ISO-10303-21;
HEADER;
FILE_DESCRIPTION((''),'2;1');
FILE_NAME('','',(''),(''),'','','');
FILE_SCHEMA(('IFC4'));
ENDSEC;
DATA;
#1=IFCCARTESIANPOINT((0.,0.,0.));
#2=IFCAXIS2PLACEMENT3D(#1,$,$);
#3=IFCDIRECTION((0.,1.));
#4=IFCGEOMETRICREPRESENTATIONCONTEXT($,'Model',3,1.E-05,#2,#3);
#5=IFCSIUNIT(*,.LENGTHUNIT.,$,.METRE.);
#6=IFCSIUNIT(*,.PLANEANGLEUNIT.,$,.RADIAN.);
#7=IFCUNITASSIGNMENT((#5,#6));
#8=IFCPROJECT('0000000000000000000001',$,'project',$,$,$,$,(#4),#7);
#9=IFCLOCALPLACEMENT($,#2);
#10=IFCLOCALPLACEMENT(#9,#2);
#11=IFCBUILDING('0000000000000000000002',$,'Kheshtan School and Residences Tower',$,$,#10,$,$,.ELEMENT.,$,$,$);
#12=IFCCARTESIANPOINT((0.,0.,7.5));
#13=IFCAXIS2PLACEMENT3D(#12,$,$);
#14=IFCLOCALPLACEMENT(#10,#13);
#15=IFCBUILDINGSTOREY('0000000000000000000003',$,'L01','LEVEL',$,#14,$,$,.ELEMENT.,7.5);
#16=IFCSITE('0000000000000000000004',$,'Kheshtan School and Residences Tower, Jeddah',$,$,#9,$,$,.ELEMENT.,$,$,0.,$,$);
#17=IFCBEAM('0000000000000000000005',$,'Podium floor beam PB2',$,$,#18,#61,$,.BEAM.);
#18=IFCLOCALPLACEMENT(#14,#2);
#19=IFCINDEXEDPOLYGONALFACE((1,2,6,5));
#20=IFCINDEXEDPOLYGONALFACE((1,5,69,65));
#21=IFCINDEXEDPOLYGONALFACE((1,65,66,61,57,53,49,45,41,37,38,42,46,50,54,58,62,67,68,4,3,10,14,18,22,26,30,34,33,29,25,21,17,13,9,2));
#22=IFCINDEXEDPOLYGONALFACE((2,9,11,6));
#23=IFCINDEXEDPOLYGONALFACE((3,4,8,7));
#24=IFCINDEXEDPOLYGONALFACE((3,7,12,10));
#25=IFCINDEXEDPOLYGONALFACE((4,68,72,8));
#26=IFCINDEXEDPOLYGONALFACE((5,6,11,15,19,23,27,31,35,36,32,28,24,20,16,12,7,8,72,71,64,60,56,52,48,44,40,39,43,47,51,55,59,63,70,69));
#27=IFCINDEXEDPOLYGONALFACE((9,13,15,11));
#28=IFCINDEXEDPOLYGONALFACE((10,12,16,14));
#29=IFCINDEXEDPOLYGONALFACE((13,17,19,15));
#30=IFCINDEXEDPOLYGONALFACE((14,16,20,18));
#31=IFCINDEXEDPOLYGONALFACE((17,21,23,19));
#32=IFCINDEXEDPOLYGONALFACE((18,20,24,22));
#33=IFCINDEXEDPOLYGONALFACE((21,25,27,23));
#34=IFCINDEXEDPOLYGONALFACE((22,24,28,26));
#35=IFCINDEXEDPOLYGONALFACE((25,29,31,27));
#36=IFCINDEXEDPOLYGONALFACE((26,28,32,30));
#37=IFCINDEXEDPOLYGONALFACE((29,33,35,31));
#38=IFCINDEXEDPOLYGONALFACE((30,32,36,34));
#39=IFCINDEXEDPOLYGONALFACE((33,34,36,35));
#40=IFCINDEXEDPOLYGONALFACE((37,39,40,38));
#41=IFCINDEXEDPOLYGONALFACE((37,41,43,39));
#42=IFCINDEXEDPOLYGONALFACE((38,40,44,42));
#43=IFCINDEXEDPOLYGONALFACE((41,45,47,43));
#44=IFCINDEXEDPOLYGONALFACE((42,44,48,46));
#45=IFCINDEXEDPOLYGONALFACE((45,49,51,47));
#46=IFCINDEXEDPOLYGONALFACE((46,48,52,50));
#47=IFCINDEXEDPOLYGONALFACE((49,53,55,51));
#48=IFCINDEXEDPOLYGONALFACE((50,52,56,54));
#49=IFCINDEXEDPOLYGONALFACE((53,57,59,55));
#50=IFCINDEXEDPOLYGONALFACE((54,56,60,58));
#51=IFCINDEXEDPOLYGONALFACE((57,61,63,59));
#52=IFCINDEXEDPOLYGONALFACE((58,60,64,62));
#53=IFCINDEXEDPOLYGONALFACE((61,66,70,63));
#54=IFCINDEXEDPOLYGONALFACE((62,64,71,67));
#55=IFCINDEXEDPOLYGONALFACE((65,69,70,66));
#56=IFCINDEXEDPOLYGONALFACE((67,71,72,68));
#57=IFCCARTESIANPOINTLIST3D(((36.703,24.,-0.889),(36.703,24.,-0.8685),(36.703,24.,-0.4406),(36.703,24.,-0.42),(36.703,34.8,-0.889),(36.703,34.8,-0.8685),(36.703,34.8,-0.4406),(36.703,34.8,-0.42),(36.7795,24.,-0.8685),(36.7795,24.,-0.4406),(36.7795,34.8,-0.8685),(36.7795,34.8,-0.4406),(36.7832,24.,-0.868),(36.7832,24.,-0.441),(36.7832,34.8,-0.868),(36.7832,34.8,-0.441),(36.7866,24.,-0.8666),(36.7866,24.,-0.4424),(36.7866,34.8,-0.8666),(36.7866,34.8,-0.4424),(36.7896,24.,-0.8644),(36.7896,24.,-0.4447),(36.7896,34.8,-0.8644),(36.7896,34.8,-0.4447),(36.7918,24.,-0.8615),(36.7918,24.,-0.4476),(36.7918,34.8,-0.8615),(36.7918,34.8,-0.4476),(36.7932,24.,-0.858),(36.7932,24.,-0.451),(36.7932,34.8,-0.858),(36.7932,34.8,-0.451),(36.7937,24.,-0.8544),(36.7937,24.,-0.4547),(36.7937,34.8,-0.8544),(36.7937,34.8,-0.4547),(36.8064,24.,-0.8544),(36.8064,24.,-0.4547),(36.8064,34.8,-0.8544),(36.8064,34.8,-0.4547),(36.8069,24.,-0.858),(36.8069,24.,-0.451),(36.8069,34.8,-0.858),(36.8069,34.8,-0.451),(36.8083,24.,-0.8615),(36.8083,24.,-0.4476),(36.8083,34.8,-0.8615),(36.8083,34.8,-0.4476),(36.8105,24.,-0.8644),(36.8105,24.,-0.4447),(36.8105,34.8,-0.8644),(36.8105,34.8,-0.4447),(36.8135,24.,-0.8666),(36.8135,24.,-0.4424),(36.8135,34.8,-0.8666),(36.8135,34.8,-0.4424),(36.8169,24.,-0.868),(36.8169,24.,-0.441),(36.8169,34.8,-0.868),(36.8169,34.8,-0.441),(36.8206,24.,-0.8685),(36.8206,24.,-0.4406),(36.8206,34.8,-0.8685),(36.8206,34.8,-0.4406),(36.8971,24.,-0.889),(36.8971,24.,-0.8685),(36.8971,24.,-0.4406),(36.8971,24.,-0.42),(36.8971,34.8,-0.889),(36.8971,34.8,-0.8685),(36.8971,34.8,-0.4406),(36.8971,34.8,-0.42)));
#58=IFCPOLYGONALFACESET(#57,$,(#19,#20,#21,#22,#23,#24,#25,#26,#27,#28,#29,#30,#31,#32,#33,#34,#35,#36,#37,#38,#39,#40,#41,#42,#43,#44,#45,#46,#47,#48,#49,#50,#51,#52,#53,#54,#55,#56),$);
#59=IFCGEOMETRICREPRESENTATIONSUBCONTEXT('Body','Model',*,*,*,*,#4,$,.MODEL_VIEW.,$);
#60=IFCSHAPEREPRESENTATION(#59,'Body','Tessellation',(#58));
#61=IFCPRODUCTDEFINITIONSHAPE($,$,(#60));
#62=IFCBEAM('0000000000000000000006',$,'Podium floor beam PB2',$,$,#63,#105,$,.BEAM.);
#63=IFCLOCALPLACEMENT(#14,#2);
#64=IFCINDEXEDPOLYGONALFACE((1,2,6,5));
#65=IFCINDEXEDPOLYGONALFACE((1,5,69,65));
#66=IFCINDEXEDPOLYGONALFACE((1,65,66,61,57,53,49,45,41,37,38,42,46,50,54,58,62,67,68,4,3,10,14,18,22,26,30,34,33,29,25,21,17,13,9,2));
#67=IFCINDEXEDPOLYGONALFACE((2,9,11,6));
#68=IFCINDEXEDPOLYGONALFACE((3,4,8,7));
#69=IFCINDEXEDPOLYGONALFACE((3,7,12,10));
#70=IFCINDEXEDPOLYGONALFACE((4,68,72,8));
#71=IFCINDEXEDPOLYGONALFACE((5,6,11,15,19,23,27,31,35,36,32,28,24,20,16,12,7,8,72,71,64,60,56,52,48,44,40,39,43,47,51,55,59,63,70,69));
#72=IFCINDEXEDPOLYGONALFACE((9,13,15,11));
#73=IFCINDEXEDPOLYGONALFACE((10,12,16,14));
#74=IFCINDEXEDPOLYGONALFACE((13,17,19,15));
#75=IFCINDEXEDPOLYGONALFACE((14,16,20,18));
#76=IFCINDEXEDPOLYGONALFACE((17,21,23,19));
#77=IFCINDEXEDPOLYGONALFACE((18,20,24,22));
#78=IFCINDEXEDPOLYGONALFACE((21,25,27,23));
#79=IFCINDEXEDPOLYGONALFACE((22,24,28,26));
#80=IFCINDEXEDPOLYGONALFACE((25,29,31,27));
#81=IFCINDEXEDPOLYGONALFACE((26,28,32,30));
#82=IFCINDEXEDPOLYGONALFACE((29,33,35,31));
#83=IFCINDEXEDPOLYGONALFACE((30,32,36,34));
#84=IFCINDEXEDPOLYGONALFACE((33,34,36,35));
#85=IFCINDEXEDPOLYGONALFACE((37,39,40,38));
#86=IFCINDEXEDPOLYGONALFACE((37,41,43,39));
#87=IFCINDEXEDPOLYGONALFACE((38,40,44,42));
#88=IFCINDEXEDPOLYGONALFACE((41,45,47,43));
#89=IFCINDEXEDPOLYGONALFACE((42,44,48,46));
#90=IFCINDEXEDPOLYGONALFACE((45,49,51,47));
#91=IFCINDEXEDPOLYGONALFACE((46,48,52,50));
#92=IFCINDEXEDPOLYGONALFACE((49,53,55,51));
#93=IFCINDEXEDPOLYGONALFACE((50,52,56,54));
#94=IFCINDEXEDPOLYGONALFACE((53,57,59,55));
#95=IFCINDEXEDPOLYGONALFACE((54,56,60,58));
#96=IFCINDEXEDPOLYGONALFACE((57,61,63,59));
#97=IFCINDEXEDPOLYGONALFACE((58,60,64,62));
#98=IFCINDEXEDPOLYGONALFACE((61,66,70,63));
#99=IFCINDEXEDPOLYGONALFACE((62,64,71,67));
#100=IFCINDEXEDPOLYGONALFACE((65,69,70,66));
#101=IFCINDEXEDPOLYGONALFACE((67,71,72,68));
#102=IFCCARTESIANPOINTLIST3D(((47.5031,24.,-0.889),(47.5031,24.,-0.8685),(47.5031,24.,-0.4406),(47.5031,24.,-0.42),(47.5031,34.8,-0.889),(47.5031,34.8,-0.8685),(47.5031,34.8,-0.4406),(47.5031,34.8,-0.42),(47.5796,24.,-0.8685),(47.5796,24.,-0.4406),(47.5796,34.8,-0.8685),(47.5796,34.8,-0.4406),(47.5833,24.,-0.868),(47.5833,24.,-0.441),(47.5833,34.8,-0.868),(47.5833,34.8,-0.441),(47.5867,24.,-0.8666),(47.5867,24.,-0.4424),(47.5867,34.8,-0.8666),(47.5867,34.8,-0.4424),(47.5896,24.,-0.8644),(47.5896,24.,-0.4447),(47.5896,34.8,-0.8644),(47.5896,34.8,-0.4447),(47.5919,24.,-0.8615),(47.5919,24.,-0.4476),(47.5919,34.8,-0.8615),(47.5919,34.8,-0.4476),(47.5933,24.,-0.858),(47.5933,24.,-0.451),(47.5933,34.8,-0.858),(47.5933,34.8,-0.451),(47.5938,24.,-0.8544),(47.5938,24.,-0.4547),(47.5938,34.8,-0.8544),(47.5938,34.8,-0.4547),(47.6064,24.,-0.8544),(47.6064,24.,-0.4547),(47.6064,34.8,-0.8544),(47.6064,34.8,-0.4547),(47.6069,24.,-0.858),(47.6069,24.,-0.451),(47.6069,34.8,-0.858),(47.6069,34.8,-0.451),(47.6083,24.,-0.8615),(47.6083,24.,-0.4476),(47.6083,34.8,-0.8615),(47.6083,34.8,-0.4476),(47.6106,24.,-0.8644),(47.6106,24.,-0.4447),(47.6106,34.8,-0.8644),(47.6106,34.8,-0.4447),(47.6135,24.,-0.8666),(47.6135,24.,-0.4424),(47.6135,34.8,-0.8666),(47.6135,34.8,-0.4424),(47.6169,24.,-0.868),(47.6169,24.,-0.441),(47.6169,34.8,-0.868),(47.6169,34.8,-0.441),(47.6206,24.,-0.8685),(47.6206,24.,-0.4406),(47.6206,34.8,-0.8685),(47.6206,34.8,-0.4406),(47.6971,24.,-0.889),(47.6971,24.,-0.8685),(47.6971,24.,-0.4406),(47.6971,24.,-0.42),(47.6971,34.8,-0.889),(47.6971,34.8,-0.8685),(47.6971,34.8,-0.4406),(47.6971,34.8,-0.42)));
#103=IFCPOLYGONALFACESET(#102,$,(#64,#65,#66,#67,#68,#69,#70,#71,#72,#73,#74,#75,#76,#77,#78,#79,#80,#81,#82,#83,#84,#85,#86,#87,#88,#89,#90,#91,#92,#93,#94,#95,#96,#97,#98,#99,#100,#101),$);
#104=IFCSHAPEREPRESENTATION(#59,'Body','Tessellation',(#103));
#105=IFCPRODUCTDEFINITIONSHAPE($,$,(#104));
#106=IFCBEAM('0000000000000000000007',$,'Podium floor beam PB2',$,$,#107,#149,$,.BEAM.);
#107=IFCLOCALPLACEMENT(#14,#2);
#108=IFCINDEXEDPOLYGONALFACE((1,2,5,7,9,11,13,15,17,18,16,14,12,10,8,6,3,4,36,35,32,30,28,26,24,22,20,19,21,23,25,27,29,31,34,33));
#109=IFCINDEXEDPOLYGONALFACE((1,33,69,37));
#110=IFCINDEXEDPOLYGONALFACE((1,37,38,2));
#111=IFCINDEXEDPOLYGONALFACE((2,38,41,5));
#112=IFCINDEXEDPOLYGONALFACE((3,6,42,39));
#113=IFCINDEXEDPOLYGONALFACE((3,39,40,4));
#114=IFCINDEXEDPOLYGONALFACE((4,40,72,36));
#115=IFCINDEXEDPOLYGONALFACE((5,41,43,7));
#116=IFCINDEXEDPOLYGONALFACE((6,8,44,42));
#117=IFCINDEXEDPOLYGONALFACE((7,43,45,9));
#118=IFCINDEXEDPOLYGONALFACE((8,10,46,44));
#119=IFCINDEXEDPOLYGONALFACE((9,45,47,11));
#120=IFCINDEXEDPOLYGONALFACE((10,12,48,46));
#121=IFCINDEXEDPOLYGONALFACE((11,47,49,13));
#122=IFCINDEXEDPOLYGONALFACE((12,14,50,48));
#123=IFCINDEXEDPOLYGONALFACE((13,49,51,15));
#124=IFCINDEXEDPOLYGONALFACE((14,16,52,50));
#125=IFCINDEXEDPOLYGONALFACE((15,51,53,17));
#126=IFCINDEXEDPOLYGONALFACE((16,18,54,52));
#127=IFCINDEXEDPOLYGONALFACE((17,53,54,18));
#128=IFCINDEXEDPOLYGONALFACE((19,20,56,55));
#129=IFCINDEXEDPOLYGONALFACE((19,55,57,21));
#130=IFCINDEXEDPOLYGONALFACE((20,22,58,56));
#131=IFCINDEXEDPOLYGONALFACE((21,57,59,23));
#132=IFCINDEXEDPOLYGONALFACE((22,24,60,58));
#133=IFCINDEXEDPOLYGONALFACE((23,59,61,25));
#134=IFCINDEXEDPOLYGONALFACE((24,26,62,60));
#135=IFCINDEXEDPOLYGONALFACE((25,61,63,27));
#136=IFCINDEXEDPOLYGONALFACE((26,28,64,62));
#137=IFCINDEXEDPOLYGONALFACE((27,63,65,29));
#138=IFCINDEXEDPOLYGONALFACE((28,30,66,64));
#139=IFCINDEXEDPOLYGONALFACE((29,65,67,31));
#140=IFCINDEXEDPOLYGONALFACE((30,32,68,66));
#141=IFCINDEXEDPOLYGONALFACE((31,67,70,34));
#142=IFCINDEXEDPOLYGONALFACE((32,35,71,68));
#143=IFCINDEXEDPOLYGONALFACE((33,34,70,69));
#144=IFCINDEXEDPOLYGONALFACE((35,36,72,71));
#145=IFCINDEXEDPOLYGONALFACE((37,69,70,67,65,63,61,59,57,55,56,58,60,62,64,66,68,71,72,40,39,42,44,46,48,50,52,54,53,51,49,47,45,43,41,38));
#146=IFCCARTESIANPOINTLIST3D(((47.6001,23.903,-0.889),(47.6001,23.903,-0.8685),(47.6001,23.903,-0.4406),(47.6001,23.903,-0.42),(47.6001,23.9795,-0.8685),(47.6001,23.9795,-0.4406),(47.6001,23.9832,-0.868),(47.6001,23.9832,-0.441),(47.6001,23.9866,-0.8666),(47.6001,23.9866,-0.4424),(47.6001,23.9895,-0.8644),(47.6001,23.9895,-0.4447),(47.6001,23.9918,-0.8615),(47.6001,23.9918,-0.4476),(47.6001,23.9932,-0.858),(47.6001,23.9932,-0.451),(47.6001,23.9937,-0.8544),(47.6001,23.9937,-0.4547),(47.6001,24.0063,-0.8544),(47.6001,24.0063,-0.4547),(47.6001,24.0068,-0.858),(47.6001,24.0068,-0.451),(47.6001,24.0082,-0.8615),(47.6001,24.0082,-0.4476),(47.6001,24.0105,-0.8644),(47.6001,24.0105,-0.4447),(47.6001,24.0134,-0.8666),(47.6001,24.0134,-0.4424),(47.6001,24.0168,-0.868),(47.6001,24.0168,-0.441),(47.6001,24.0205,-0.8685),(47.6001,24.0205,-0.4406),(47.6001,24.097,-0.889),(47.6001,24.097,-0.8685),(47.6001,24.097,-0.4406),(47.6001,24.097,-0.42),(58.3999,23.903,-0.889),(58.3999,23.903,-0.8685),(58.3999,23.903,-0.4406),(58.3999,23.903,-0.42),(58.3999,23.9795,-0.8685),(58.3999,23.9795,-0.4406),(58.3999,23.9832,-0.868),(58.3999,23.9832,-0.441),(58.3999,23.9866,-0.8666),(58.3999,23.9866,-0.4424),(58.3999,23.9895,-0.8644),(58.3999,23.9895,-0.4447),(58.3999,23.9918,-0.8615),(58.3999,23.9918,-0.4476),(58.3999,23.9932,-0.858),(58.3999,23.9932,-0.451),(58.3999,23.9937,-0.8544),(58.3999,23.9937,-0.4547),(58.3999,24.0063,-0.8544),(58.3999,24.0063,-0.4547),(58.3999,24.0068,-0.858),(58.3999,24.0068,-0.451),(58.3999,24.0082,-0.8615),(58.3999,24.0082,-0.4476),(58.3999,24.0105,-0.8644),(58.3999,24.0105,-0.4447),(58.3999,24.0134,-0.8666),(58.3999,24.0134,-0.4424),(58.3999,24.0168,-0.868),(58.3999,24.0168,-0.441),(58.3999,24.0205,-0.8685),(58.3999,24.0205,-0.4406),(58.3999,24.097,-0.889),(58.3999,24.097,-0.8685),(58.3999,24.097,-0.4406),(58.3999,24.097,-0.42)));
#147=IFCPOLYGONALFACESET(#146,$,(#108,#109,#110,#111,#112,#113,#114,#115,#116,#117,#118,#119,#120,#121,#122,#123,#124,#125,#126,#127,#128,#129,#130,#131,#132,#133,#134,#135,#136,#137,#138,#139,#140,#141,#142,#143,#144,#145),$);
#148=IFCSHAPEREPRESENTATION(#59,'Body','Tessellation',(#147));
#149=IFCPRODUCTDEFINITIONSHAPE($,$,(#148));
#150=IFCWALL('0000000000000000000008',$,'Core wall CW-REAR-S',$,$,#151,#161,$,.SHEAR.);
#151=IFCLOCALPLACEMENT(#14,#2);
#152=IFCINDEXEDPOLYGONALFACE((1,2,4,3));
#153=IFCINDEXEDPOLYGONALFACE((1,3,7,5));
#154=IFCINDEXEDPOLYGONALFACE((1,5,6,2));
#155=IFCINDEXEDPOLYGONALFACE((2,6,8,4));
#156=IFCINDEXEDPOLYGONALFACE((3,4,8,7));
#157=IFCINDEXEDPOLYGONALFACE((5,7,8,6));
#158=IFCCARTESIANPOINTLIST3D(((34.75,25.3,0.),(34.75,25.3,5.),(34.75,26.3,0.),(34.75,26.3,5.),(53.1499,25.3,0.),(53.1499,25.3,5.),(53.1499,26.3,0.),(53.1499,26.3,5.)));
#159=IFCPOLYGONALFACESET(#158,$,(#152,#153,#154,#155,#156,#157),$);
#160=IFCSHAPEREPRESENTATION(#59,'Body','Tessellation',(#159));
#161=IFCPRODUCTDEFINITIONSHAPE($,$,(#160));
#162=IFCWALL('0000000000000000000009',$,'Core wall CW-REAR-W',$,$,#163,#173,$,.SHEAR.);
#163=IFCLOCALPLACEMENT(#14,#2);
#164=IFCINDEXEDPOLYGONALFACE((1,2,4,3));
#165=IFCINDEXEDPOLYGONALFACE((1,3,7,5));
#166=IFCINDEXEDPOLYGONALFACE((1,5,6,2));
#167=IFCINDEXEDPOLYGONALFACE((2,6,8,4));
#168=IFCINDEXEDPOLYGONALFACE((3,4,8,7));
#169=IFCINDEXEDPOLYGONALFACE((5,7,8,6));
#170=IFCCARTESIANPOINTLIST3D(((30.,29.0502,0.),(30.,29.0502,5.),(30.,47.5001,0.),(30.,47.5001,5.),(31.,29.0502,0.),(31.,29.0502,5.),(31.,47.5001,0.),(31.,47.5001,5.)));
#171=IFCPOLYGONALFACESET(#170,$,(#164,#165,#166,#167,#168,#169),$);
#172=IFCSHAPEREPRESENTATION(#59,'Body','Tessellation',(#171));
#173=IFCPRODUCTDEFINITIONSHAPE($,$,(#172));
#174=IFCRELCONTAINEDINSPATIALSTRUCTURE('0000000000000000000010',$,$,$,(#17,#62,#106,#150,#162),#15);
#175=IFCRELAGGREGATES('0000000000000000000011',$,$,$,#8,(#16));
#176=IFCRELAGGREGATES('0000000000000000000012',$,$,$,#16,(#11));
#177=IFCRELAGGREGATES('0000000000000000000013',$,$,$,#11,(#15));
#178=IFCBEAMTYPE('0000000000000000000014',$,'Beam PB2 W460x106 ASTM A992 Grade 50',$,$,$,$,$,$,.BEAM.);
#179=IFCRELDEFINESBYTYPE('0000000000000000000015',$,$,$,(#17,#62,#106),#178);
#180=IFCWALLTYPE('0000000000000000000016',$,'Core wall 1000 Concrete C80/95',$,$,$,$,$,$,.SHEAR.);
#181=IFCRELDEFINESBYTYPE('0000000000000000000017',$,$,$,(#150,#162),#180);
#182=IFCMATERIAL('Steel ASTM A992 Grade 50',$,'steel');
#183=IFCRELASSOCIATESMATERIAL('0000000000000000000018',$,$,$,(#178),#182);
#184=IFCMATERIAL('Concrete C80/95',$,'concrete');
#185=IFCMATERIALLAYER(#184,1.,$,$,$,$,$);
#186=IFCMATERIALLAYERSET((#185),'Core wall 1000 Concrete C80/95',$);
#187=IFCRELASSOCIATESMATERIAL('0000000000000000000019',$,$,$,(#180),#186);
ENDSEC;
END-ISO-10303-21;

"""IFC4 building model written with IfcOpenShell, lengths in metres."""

from ifc_helpers import new_model, si_unit, direction, frame, frame_2d, origin, origin_2d, place, context, subcontext, project, spatial, rectangle, i_section, extrude, material, layer, layer_set, material_profile, profile_set, type_object, element, save


model = new_model("IFC4")

# Units and contexts
model_context = context("Model", 3, precision=1e-05, world=origin(), true_north=direction((0.0, 1.0)))
body_context = subcontext(model_context, "Body", "Model", "MODEL_VIEW")
ifc_project = project(units=[si_unit("LENGTHUNIT", "METRE"), si_unit("PLANEANGLEUNIT", "RADIAN")], contexts=[model_context])

# Site, building, storey
site_placement = place(None, origin())
site = spatial("IfcSite", under=ifc_project, at=site_placement, Name="Kheshtan School and Residences Tower, Jeddah", CompositionType="ELEMENT", RefElevation=0.0)
building_placement = place(site_placement, origin())
building = spatial("IfcBuilding", under=site, at=building_placement, Name="Kheshtan School and Residences Tower", CompositionType="ELEMENT")
storey_placement = place(building_placement, frame((0.0, 0.0, 7.5)))
storey = spatial("IfcBuildingStorey", under=building, at=storey_placement, Name="L01", Description="LEVEL", CompositionType="ELEMENT", Elevation=7.5)

# Shared definitions
ifc_material_1 = material(Name="Steel ASTM A992 Grade 50", Category="steel")

# Beams
ifc_material_profile_1 = material_profile(ifc_material_1, i_section(OverallWidth=0.1941, OverallDepth=0.469, WebThickness=0.0127, FlangeThickness=0.0205, FilletRadius=0.0142, at=origin_2d()), Name="W460x106")
ifc_profile_set_1 = profile_set([ifc_material_profile_1], Name="Steel ASTM A992 Grade 50")
beam_type = type_object("IfcBeamType", Name="Beam PB2 W460x106 ASTM A992 Grade 50", PredefinedType="BEAM", material=ifc_profile_set_1)
for number, where, z_axis, x_axis, name in (
    (1, (36.8, 24.0, -0.6545), (0.0, 1.0, 0.0), (-1.0, 0.0, 0.0), "Podium floor beam PB2"),
    (2, (47.6001, 24.0, -0.6545), (0.0, 1.0, 0.0), (-1.0, 0.0, 0.0), "Podium floor beam PB2"),
):
    element("IfcBeam", number, at=place(storey_placement, frame(where, z_axis=z_axis, x_axis=x_axis)), inside=storey, type_object=beam_type, Name=name, PredefinedType="BEAM", context=body_context, shape_type="SweptSolid", body=[
        extrude(i_section(OverallWidth=0.1941, OverallDepth=0.469, WebThickness=0.0127, FlangeThickness=0.0205, FilletRadius=0.0142, at=origin_2d()), origin(), (0.0, 0.0, 1.0), 10.8),
    ])
beam_placement = place(storey_placement, frame((47.6001, 24.0, -0.6545), z_axis=(1.0, 0.0, 0.0), x_axis=(0.0, 1.0, 0.0)))
element("IfcBeam", 3, at=beam_placement, inside=storey, type_object=beam_type, Name="Podium floor beam PB2", PredefinedType="BEAM", context=body_context, shape_type="SweptSolid", body=[
    extrude(i_section(OverallWidth=0.1941, OverallDepth=0.469, WebThickness=0.0127, FlangeThickness=0.0205, FilletRadius=0.0142, at=origin_2d()), origin(), (0.0, 0.0, 1.0), 10.7998),
])

# Walls
ifc_material_2 = material(Name="Concrete C80/95", Category="concrete")
ifc_layer_1 = layer(ifc_material_2, 1.0)
ifc_layer_set_1 = layer_set([ifc_layer_1], Name="Core wall 1000 Concrete C80/95")
wall_type_1 = type_object("IfcWallType", Name="Core wall 1000 Concrete C80/95", PredefinedType="SHEAR", material=ifc_layer_set_1)
wall_1_placement = place(storey_placement, frame((34.75, 25.8, 0.0), z_axis=(0.0, 0.0, 1.0), x_axis=(1.0, 0.0, 0.0)))
element("IfcWall", 4, at=wall_1_placement, inside=storey, type_object=wall_type_1, Name="Core wall CW-REAR-S", PredefinedType="SHEAR", context=body_context, shape_type="SweptSolid", body=[
    extrude(rectangle(XDim=18.3999, YDim=1.0, at=frame_2d((9.2, 0.0))), origin(), (0.0, 0.0, 1.0), 5.0),
])
wall_2_placement = place(storey_placement, frame((30.5, 29.05, 0.0), z_axis=(0.0, 0.0, 1.0), x_axis=(0.0, 1.0, 0.0)))
element("IfcWall", 5, at=wall_2_placement, inside=storey, type_object=wall_type_1, Name="Core wall CW-REAR-W", PredefinedType="SHEAR", context=body_context, shape_type="SweptSolid", body=[
    extrude(rectangle(XDim=18.45, YDim=1.0, at=frame_2d((9.2251, 0.0))), origin(), (0.0, 0.0, 1.0), 5.0),
])

save(model, "model.ifc")
